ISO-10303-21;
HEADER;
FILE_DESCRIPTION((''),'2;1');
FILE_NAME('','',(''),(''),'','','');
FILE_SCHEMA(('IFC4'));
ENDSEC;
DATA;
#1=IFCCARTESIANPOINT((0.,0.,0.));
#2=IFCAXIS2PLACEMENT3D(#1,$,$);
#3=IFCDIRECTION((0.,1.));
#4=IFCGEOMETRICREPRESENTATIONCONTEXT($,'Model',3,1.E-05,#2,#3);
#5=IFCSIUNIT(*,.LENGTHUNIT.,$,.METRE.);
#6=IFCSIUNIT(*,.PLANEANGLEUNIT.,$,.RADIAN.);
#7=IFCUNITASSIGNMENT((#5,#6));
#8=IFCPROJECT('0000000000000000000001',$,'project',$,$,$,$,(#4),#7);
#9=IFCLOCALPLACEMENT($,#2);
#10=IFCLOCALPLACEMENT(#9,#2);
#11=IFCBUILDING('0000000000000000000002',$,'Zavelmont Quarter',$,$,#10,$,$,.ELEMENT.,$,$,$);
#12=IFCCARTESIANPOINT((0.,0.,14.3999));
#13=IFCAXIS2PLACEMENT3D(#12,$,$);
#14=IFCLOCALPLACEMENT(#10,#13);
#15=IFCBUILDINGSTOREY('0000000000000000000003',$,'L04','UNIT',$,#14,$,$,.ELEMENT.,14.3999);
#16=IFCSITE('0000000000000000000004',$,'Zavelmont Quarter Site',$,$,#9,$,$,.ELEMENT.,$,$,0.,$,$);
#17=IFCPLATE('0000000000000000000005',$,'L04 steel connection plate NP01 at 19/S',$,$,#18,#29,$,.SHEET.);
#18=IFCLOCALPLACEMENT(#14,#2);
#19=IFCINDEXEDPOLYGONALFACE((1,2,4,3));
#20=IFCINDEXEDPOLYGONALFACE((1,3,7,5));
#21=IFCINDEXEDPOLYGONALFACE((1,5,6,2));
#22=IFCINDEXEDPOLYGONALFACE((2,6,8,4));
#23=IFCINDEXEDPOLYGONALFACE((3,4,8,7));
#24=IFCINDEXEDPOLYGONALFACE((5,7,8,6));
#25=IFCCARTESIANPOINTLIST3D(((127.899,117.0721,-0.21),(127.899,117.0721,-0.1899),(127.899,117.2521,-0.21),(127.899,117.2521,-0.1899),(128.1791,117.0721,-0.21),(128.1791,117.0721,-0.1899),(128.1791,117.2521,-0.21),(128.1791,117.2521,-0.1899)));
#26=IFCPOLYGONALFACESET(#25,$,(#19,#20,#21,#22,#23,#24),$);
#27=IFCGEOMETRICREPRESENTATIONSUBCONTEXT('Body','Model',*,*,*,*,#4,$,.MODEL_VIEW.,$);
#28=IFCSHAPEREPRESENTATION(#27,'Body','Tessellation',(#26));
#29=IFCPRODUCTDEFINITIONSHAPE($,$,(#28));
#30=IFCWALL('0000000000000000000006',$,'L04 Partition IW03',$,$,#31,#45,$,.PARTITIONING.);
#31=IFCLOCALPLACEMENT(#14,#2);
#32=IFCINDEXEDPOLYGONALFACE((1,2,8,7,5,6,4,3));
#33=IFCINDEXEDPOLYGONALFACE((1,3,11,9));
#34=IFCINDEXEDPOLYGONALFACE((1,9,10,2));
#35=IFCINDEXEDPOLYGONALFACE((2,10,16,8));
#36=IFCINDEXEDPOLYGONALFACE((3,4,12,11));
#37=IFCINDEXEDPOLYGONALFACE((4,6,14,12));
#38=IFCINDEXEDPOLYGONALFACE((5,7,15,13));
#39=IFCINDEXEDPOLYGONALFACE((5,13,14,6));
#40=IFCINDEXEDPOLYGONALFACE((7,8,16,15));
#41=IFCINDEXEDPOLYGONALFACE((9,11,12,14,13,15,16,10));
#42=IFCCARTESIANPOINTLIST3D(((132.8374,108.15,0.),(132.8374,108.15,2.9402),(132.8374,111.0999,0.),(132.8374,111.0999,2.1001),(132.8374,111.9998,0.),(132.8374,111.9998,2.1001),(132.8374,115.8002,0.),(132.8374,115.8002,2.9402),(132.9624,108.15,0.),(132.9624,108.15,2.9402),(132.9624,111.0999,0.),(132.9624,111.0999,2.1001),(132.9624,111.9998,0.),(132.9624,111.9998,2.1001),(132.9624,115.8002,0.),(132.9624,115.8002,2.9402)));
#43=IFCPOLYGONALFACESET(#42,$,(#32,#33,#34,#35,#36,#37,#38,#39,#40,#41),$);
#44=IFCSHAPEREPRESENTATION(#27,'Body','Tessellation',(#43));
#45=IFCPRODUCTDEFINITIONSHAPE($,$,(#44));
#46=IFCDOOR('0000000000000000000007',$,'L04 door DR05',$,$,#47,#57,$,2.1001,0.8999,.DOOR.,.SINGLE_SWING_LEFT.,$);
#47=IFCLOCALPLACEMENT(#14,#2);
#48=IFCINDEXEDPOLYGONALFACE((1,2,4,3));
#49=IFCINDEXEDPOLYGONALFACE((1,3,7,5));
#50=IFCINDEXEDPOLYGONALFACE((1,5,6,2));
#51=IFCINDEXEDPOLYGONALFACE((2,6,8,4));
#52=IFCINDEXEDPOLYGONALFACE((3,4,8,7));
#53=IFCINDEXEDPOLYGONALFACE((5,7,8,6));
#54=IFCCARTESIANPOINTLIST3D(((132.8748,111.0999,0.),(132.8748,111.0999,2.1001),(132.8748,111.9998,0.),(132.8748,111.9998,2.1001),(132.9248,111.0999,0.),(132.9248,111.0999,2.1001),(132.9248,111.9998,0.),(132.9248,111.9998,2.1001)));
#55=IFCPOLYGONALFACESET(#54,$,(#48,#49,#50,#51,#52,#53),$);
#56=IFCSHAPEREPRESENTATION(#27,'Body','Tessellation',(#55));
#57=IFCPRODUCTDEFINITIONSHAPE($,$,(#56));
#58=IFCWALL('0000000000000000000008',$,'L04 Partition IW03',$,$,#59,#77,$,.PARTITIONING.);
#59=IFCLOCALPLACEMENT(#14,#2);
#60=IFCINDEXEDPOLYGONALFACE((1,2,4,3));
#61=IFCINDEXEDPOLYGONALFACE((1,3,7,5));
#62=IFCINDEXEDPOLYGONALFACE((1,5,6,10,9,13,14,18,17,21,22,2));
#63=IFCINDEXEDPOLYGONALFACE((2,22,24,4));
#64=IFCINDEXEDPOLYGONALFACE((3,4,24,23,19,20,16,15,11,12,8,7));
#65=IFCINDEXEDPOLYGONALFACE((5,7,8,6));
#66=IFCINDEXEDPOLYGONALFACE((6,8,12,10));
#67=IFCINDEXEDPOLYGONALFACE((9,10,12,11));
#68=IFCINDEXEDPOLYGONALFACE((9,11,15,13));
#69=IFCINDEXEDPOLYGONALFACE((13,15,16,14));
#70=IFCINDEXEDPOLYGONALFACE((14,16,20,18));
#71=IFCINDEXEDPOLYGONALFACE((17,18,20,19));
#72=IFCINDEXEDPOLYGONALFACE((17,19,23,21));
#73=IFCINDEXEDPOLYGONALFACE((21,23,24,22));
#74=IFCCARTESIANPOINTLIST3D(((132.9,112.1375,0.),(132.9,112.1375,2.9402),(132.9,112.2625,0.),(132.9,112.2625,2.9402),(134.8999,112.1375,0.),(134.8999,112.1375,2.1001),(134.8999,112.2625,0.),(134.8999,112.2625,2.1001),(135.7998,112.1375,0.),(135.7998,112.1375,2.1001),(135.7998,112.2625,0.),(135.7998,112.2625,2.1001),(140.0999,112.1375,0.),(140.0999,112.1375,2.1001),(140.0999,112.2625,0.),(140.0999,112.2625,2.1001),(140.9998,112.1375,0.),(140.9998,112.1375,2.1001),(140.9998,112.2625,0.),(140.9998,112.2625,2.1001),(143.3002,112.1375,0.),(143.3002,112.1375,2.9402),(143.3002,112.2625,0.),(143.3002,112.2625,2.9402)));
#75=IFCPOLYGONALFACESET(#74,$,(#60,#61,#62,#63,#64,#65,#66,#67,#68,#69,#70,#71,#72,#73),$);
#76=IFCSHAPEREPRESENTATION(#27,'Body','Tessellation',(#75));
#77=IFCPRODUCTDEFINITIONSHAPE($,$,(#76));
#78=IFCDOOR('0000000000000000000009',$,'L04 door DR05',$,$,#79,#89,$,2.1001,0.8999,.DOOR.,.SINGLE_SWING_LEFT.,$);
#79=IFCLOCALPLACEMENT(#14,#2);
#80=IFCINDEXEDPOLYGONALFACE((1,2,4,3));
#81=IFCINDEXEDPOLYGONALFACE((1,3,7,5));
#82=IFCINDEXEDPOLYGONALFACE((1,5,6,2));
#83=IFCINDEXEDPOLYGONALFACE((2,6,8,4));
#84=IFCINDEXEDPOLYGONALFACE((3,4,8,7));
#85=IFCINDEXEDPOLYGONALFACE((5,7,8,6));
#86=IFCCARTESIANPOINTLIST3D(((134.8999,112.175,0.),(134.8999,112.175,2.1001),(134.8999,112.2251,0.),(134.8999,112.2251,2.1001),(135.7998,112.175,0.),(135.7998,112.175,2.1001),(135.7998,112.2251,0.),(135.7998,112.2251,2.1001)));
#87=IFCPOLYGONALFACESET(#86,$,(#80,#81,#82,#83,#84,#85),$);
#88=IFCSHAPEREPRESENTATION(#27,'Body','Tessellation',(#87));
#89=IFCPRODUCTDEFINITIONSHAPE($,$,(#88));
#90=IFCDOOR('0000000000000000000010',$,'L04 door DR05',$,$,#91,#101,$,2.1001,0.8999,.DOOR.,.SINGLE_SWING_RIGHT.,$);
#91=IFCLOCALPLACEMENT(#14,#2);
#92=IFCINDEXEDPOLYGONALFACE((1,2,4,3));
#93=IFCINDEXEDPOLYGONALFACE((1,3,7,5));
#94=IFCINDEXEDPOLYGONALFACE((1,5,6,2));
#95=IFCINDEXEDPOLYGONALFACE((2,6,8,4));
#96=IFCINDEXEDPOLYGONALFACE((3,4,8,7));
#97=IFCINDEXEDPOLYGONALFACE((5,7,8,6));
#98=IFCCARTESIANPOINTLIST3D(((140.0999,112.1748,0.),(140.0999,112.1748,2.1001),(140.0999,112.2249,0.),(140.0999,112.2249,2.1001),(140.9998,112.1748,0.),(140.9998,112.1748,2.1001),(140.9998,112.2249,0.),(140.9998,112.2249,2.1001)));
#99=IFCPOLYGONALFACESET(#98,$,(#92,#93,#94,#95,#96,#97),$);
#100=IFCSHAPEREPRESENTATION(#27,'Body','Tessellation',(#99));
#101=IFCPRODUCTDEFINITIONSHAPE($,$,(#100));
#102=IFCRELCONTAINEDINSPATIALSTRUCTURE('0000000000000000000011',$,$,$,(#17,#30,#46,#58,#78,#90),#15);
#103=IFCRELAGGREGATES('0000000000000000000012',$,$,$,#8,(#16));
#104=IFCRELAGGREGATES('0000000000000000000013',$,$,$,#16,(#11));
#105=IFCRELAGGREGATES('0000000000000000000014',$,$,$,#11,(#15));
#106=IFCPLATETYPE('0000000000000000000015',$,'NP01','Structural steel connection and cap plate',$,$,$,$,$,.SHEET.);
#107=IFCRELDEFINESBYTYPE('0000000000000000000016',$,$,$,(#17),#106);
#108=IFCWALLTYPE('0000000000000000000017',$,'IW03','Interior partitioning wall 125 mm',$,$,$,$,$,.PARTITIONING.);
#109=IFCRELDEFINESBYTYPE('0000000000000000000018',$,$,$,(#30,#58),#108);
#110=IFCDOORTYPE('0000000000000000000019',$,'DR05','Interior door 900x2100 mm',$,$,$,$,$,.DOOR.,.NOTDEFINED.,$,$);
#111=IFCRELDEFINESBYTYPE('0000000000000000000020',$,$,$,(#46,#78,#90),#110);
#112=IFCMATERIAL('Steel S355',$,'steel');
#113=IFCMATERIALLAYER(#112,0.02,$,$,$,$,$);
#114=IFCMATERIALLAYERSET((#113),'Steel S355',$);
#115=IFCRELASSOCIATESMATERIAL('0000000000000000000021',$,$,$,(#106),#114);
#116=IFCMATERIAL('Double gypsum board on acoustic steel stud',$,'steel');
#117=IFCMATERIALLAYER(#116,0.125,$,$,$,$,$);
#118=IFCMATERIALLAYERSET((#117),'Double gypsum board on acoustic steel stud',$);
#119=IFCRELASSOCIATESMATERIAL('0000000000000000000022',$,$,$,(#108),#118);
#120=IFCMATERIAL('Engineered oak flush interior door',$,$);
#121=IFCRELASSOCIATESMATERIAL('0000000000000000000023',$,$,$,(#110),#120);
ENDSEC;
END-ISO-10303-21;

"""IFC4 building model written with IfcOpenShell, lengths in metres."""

from ifc_helpers import new_model, si_unit, direction, frame, frame_2d, origin, origin_with_axes, origin_2d, place, context, subcontext, project, spatial, rectangle, extrude, material, layer, layer_set, type_object, element, fill, save


model = new_model("IFC4")

# Units and contexts
model_context = context("Model", 3, precision=1e-05, world=origin(), true_north=direction((0.0, 1.0)))
body_context = subcontext(model_context, "Body", "Model", "MODEL_VIEW")
ifc_project = project(units=[si_unit("LENGTHUNIT", "METRE"), si_unit("PLANEANGLEUNIT", "RADIAN")], contexts=[model_context])

# Site, building, storey
site_placement = place(None, origin())
site = spatial("IfcSite", under=ifc_project, at=site_placement, Name="Zavelmont Quarter Site", CompositionType="ELEMENT", RefElevation=0.0)
building_placement = place(site_placement, origin())
building = spatial("IfcBuilding", under=site, at=building_placement, Name="Zavelmont Quarter", CompositionType="ELEMENT")
storey_placement = place(building_placement, frame((0.0, 0.0, 14.3999)))
storey = spatial("IfcBuildingStorey", under=building, at=storey_placement, Name="L04", Description="UNIT", CompositionType="ELEMENT", Elevation=14.3999)

# Shared definitions
ifc_material_1 = material(Name="Steel S355", Category="steel")

# Plate
ifc_layer_1 = layer(ifc_material_1, 0.02)
ifc_layer_set_1 = layer_set([ifc_layer_1], Name="Steel S355")
plate_type = type_object("IfcPlateType", Name="NP01", Description="Structural steel connection and cap plate", PredefinedType="SHEET", material=ifc_layer_set_1)
plate_placement = place(storey_placement, frame((128.0391, 117.1621, -0.21), z_axis=(0.0, 0.0, 1.0), x_axis=(1.0, 0.0, 0.0)))
element("IfcPlate", 1, at=plate_placement, inside=storey, type_object=plate_type, Name="L04 steel connection plate NP01 at 19/S", PredefinedType="SHEET", context=body_context, shape_type="SweptSolid", body=[
    extrude(rectangle(XDim=0.28, YDim=0.1799, at=origin_2d()), origin(), (0.0, 0.0, 1.0), 0.02),
])

# Wall, opening, door
ifc_material_2 = material(Name="Double gypsum board on acoustic steel stud", Category="steel")
ifc_layer_2 = layer(ifc_material_2, 0.125)
ifc_layer_set_2 = layer_set([ifc_layer_2], Name="Double gypsum board on acoustic steel stud")
wall_type_1 = type_object("IfcWallType", Name="IW03", Description="Interior partitioning wall 125 mm", PredefinedType="PARTITIONING", material=ifc_layer_set_2)
wall_1_placement = place(storey_placement, frame((132.8999, 108.1499, 0.0), z_axis=(0.0, 0.0, 1.0), x_axis=(0.0, 1.0, 0.0)))
wall_1 = element("IfcWall", 2, at=wall_1_placement, inside=storey, type_object=wall_type_1, Name="L04 Partition IW03", PredefinedType="PARTITIONING", context=body_context, shape_type="SweptSolid", body=[
    extrude(rectangle(XDim=7.6501, YDim=0.125, at=frame_2d((3.8252, 0.0))), origin(), (0.0, 0.0, 1.0), 2.9402),
])
opening_1_placement = place(wall_1_placement, frame((2.95, 0.0, 0.0)))
opening_1 = element("IfcOpeningElement", 3, at=opening_1_placement, cuts=wall_1, PredefinedType="OPENING", context=body_context, shape_type="SweptSolid", body=[
    extrude(rectangle(XDim=0.8999, YDim=2.1001, at=frame_2d((0.45, 1.05))), frame((0.0, 0.0745, 0.0), z_axis=(0.0, -1.0, 0.0), x_axis=(1.0, 0.0, 0.0)), (0.0, 0.0, 1.0), 0.1489),
])
ifc_material_3 = material(Name="Engineered oak flush interior door")
door_type_1 = type_object("IfcDoorType", Name="DR05", Description="Interior door 900x2100 mm", OperationType="NOTDEFINED", PredefinedType="DOOR", material=ifc_material_3)
door_1_placement = place(opening_1_placement, frame((0.8999, 0.0, 0.0), z_axis=(0.0, 0.0, 1.0), x_axis=(-1.0, 0.0, 0.0)))
door_1 = element("IfcDoor", 4, at=door_1_placement, inside=storey, type_object=door_type_1, Name="L04 door DR05", OperationType="SINGLE_SWING_LEFT", OverallHeight=2.1001, OverallWidth=0.8999, PredefinedType="DOOR", context=body_context, shape_type="SweptSolid", body=[
    extrude(rectangle(XDim=0.8999, YDim=2.1001, at=frame_2d((0.45, 1.05))), frame((0.0, 0.0249, 0.0), z_axis=(0.0, -1.0, 0.0), x_axis=(1.0, 0.0, 0.0)), (0.0, 0.0, 1.0), 0.05),
])
fill(opening_1, door_1)

# Wall, openings, doors
wall_2_placement = place(storey_placement, frame((132.8999, 112.2, 0.0), z_axis=(0.0, 0.0, 1.0), x_axis=(1.0, 0.0, 0.0)))
wall_2 = element("IfcWall", 5, at=wall_2_placement, inside=storey, type_object=wall_type_1, Name="L04 Partition IW03", PredefinedType="PARTITIONING", context=body_context, shape_type="SweptSolid", body=[
    extrude(rectangle(XDim=10.4001, YDim=0.125, at=frame_2d((5.2002, 0.0))), origin(), (0.0, 0.0, 1.0), 2.9402),
])
opening_2_placement = place(wall_2_placement, frame((2.0, 0.0, 0.0)))
opening_2 = element("IfcOpeningElement", 6, at=opening_2_placement, cuts=wall_2, PredefinedType="OPENING", context=body_context, shape_type="SweptSolid", body=[
    extrude(rectangle(XDim=0.8999, YDim=2.1001, at=frame_2d((0.45, 1.05))), frame((0.0, 0.0745, 0.0), z_axis=(0.0, -1.0, 0.0), x_axis=(1.0, 0.0, 0.0)), (0.0, 0.0, 1.0), 0.1489),
])
opening_3_placement = place(wall_2_placement, frame((7.2, 0.0, 0.0)))
opening_3 = element("IfcOpeningElement", 7, at=opening_3_placement, cuts=wall_2, PredefinedType="OPENING", context=body_context, shape_type="SweptSolid", body=[
    extrude(rectangle(XDim=0.8999, YDim=2.1001, at=frame_2d((0.45, 1.05))), frame((0.0, 0.0745, 0.0), z_axis=(0.0, -1.0, 0.0), x_axis=(1.0, 0.0, 0.0)), (0.0, 0.0, 1.0), 0.1489),
])
door_2_placement = place(opening_2_placement, frame((0.8999, 0.0, 0.0), z_axis=(0.0, 0.0, 1.0), x_axis=(-1.0, 0.0, 0.0)))
door_2 = element("IfcDoor", 8, at=door_2_placement, inside=storey, type_object=door_type_1, Name="L04 door DR05", OperationType="SINGLE_SWING_LEFT", OverallHeight=2.1001, OverallWidth=0.8999, PredefinedType="DOOR", context=body_context, shape_type="SweptSolid", body=[
    extrude(rectangle(XDim=0.8999, YDim=2.1001, at=frame_2d((0.45, 1.05))), frame((0.0, 0.0249, 0.0), z_axis=(0.0, -1.0, 0.0), x_axis=(1.0, 0.0, 0.0)), (0.0, 0.0, 1.0), 0.05),
])
fill(opening_2, door_2)
door_3_placement = place(opening_3_placement, origin_with_axes())
door_3 = element("IfcDoor", 9, at=door_3_placement, inside=storey, type_object=door_type_1, Name="L04 door DR05", OperationType="SINGLE_SWING_RIGHT", OverallHeight=2.1001, OverallWidth=0.8999, PredefinedType="DOOR", context=body_context, shape_type="SweptSolid", body=[
    extrude(rectangle(XDim=0.8999, YDim=2.1001, at=frame_2d((0.45, 1.05))), frame((0.0, 0.0249, 0.0), z_axis=(0.0, -1.0, 0.0), x_axis=(1.0, 0.0, 0.0)), (0.0, 0.0, 1.0), 0.05),
])
fill(opening_3, door_3)

save(model, "model.ifc")
